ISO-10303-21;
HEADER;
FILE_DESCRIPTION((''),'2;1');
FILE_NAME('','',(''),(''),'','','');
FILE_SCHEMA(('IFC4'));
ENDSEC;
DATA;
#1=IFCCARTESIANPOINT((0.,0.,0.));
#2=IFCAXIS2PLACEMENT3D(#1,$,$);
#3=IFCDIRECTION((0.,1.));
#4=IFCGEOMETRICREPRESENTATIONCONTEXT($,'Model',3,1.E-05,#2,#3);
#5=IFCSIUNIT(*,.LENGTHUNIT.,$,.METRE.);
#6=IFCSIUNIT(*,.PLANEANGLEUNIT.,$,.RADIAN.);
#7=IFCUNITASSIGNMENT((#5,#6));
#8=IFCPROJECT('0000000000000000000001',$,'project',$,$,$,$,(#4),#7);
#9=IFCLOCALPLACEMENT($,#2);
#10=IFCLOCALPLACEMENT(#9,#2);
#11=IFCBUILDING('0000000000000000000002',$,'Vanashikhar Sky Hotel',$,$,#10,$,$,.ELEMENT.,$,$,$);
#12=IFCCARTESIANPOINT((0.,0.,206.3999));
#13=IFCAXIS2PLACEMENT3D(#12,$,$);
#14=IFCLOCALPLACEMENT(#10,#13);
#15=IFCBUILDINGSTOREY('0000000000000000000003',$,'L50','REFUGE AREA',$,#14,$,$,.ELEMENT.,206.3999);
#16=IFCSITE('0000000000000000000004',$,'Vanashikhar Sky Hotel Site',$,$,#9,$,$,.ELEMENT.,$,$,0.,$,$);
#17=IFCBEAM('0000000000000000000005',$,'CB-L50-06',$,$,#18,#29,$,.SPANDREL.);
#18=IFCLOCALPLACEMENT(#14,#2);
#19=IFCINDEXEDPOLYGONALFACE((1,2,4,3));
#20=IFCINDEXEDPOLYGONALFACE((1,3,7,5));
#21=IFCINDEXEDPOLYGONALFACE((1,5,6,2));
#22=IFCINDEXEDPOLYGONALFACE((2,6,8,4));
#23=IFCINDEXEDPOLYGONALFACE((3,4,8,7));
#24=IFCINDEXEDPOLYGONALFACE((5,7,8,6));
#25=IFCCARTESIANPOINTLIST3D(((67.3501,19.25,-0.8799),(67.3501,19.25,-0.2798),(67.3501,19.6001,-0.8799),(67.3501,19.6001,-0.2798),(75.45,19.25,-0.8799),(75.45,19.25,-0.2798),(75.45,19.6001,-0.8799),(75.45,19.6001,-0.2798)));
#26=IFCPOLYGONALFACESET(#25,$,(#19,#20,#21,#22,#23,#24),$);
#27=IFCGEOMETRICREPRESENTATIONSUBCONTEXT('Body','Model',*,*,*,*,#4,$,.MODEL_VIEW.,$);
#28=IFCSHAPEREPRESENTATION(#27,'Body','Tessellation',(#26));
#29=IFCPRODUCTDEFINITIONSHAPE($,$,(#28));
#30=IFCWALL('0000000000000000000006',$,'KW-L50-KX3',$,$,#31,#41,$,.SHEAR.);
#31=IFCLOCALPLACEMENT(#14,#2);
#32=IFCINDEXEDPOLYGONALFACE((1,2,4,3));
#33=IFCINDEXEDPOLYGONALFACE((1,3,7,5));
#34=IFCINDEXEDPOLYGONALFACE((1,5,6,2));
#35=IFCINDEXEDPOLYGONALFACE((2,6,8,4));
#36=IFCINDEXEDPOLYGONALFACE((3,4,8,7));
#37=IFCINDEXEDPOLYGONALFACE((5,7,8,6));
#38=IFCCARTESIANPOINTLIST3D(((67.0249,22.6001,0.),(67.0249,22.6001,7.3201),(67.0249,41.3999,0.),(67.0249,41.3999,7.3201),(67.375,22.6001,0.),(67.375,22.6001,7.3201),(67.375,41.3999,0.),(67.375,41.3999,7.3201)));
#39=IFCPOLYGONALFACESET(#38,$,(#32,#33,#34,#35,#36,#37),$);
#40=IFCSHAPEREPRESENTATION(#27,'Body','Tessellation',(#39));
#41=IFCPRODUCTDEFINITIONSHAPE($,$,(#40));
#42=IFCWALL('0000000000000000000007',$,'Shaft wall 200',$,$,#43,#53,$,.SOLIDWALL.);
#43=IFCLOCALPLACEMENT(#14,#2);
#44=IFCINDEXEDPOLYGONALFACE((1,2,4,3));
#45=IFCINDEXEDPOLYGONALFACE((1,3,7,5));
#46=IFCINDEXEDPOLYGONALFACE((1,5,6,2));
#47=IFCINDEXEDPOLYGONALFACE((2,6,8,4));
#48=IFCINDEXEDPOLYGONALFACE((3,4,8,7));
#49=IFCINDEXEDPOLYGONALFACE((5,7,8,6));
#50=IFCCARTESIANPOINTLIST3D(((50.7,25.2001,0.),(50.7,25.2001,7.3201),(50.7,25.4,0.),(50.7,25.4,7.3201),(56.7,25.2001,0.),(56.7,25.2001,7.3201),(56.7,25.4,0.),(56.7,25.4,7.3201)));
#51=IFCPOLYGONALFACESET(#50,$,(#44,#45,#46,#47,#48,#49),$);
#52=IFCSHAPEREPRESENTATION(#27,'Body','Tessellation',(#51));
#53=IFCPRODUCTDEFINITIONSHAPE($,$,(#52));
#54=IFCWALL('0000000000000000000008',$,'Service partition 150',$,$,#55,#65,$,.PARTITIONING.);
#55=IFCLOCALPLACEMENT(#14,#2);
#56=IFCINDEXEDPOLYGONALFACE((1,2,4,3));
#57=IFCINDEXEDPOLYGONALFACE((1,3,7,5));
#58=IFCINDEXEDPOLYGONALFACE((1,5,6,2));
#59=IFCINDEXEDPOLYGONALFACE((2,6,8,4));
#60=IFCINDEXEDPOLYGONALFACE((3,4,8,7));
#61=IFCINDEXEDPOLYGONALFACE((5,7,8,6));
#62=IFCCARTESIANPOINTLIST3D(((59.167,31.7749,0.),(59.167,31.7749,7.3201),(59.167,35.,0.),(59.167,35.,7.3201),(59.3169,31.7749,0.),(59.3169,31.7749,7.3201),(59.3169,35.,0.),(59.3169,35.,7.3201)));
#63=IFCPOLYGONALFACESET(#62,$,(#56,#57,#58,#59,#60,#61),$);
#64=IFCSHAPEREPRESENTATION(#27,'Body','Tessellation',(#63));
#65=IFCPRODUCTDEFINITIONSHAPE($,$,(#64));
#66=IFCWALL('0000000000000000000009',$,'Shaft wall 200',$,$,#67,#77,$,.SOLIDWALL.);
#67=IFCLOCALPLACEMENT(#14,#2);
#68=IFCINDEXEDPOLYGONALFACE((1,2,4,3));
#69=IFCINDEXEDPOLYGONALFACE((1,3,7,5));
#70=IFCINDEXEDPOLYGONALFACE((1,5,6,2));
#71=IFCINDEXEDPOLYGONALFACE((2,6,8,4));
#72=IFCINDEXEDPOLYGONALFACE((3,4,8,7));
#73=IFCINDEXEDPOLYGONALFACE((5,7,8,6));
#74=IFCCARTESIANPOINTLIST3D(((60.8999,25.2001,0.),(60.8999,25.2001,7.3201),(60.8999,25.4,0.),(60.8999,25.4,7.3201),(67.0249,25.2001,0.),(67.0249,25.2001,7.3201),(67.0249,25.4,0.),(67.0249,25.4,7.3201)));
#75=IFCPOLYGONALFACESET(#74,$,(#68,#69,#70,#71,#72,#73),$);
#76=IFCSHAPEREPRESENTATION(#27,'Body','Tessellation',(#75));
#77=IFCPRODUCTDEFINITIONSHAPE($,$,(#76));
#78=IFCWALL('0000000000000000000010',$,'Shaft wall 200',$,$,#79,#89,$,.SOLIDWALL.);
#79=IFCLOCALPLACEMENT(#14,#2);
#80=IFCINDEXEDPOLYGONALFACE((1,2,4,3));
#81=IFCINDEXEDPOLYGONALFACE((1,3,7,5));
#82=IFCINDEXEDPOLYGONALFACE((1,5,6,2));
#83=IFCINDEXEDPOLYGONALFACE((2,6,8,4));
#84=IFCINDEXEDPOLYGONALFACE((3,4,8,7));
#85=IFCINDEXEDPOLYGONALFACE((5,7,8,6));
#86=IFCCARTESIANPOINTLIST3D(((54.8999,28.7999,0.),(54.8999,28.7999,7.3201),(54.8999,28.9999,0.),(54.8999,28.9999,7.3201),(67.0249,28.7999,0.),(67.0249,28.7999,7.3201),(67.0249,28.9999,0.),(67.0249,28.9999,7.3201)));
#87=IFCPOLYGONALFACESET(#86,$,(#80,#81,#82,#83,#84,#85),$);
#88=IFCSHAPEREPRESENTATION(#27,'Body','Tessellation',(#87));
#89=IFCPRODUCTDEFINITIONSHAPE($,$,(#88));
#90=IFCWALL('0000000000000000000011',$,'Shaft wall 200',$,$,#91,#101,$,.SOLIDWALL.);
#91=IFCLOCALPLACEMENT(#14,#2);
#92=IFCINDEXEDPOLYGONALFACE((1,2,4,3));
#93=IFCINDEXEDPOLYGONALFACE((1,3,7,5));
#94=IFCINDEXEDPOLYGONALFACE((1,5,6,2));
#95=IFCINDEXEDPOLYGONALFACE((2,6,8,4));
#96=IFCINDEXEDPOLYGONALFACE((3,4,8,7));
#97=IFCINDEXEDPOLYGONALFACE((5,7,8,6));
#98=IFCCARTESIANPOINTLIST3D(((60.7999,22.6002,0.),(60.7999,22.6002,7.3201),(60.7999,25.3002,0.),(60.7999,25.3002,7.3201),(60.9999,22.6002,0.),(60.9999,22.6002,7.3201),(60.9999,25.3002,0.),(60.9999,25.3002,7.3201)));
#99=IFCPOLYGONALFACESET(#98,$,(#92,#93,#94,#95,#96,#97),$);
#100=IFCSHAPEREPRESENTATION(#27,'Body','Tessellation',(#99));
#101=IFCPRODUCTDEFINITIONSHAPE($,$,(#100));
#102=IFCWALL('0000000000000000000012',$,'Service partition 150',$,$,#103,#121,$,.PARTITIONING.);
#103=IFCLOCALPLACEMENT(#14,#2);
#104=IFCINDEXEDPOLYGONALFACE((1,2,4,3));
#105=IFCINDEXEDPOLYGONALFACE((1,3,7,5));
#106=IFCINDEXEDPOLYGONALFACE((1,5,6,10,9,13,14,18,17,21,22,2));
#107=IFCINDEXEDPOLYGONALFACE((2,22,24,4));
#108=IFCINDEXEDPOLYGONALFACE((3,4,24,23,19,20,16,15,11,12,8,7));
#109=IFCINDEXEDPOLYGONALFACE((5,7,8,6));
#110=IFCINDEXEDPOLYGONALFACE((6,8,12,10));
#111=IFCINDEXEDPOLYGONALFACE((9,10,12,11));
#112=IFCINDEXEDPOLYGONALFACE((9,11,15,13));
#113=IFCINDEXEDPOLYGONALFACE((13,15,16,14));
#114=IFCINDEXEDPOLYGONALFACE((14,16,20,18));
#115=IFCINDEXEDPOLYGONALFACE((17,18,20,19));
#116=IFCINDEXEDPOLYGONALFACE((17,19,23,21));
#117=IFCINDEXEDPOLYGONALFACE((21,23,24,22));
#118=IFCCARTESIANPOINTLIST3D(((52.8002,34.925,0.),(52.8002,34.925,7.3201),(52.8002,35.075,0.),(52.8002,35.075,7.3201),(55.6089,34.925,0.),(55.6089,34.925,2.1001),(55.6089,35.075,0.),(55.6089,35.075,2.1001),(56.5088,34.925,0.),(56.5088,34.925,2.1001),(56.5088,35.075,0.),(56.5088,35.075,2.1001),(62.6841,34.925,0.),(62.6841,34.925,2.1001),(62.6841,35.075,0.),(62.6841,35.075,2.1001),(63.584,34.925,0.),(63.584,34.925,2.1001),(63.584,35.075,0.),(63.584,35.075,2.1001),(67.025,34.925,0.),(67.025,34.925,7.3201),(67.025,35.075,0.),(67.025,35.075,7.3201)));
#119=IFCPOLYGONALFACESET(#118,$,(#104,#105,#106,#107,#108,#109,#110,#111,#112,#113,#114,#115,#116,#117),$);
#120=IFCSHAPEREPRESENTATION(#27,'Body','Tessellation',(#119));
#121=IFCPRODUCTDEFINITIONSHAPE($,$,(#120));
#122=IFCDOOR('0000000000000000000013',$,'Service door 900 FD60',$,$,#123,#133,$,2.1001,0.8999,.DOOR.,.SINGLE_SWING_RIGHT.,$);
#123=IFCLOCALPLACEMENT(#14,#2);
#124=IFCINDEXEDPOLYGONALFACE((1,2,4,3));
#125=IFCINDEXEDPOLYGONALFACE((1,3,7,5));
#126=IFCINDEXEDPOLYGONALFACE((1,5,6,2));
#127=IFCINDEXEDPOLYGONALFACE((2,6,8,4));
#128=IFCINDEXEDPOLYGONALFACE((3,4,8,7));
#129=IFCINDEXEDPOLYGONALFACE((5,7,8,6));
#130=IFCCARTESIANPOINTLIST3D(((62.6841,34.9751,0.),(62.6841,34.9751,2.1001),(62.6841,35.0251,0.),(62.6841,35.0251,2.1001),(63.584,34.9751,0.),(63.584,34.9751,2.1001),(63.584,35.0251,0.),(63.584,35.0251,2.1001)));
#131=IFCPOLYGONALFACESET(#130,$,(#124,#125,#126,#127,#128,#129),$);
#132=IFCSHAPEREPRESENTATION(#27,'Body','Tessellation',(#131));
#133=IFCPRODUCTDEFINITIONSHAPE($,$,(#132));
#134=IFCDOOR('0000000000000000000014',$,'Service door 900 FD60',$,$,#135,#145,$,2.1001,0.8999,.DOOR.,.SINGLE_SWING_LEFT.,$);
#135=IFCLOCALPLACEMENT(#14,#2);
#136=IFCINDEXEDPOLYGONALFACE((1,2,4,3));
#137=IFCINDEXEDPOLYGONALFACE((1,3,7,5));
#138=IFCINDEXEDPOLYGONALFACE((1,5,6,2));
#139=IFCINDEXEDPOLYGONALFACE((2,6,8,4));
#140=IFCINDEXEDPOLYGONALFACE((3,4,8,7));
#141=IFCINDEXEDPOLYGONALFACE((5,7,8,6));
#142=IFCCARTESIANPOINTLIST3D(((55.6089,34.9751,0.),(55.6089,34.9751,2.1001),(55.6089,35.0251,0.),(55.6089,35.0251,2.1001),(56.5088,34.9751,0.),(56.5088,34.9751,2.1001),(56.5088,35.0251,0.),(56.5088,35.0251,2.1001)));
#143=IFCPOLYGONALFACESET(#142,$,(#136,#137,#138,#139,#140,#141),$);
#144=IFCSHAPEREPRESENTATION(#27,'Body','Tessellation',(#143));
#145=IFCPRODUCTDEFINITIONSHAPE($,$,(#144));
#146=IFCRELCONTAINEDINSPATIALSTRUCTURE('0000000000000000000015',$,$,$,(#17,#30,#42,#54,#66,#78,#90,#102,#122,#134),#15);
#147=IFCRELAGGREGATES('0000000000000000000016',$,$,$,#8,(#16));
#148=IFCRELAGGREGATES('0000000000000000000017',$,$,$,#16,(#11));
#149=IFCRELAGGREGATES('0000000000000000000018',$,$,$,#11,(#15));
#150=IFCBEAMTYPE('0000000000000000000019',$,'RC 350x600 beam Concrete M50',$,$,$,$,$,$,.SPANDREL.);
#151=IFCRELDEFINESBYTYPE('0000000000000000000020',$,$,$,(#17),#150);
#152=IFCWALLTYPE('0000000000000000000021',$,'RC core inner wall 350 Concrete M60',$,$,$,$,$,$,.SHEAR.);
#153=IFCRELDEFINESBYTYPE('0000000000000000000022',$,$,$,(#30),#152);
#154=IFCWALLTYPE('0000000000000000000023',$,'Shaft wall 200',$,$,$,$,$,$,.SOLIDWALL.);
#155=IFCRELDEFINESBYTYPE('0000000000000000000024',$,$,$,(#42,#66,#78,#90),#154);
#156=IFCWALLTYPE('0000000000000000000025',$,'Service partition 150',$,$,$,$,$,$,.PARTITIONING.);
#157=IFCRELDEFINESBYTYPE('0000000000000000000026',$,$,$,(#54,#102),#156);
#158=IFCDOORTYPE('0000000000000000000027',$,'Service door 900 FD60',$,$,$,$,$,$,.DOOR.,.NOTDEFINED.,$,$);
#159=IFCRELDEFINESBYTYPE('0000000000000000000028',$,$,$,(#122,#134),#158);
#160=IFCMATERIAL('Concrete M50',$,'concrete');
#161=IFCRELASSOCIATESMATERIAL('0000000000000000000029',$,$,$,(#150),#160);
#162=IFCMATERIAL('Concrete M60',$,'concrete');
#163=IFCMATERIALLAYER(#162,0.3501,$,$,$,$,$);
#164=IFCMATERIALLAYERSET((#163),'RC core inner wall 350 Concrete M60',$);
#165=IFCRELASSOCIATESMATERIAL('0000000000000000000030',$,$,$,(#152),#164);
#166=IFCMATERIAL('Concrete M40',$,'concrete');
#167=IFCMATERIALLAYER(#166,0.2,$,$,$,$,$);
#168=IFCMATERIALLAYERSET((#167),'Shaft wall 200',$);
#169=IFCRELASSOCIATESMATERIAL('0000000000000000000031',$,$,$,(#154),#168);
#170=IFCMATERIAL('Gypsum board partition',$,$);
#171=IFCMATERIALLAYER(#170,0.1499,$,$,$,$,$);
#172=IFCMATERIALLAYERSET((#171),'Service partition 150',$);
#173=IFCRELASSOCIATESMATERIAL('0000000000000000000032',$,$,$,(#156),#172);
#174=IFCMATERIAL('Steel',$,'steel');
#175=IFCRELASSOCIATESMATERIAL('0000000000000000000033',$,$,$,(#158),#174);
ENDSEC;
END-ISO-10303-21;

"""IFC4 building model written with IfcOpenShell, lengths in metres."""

from ifc_helpers import new_model, si_unit, direction, frame, frame_2d, origin, origin_2d, place, context, subcontext, project, spatial, rectangle, extrude, source, transform, mapped, material, layer, layer_set, material_profile, profile_set, type_object, element, fill, save


model = new_model("IFC4")

# Units and contexts
model_context = context("Model", 3, precision=1e-05, world=origin(), true_north=direction((0.0, 1.0)))
body_context = subcontext(model_context, "Body", "Model", "MODEL_VIEW")
ifc_project = project(units=[si_unit("LENGTHUNIT", "METRE"), si_unit("PLANEANGLEUNIT", "RADIAN")], contexts=[model_context])

# Site, building, storey
site_placement = place(None, origin())
site = spatial("IfcSite", under=ifc_project, at=site_placement, Name="Vanashikhar Sky Hotel Site", CompositionType="ELEMENT", RefElevation=0.0)
building_placement = place(site_placement, origin())
building = spatial("IfcBuilding", under=site, at=building_placement, Name="Vanashikhar Sky Hotel", CompositionType="ELEMENT")
storey_placement = place(building_placement, frame((0.0, 0.0, 206.3999)))
storey = spatial("IfcBuildingStorey", under=building, at=storey_placement, Name="L50", Description="REFUGE AREA", CompositionType="ELEMENT", Elevation=206.3999)

# Beam
ifc_material_1 = material(Name="Concrete M50", Category="concrete")
ifc_material_profile = material_profile(ifc_material_1, rectangle(XDim=0.3501, YDim=0.6001, at=origin_2d()))
ifc_profile_set = profile_set([ifc_material_profile], Name="RC 350x600 beam Concrete M50")
beam_type = type_object("IfcBeamType", Name="RC 350x600 beam Concrete M50", PredefinedType="SPANDREL", material=ifc_profile_set)
shared_shape_1 = source(origin(), body_context, "Body", "SweptSolid", [
    extrude(rectangle(XDim=0.3501, YDim=0.6001, at=origin_2d()), origin(), (0.0, 0.0, 1.0), 8.0999),
])
beam_placement = place(storey_placement, frame((67.3501, 19.425, -0.5798), z_axis=(1.0, 0.0, 0.0), x_axis=(0.0, 1.0, 0.0)))
element("IfcBeam", 1, at=beam_placement, inside=storey, type_object=beam_type, Name="CB-L50-06", PredefinedType="SPANDREL", context=body_context, shape_type="MappedRepresentation", body=[
    mapped(shared_shape_1, transform((0.0, 0.0, 0.0), scale=1.0)),
])

# Walls
ifc_material_2 = material(Name="Concrete M60", Category="concrete")
ifc_layer_1 = layer(ifc_material_2, 0.3501)
ifc_layer_set_1 = layer_set([ifc_layer_1], Name="RC core inner wall 350 Concrete M60")
wall_type_1 = type_object("IfcWallType", Name="RC core inner wall 350 Concrete M60", PredefinedType="SHEAR", material=ifc_layer_set_1)
shared_shape_2 = source(origin(), body_context, "Body", "SweptSolid", [
    extrude(rectangle(XDim=18.7998, YDim=0.3501, at=frame_2d((9.3999, 0.0))), origin(), (0.0, 0.0, 1.0), 7.3201),
])
wall_1_placement = place(storey_placement, frame((67.2, 22.6001, 0.0), z_axis=(0.0, 0.0, 1.0), x_axis=(0.0, 1.0, 0.0)))
element("IfcWall", 2, at=wall_1_placement, inside=storey, type_object=wall_type_1, Name="KW-L50-KX3", PredefinedType="SHEAR", context=body_context, shape_type="MappedRepresentation", body=[
    mapped(shared_shape_2, transform((0.0, 0.0, 0.0), scale=1.0)),
])
ifc_material_3 = material(Name="Concrete M40", Category="concrete")
ifc_layer_2 = layer(ifc_material_3, 0.2)
ifc_layer_set_2 = layer_set([ifc_layer_2], Name="Shaft wall 200")
wall_type_2 = type_object("IfcWallType", Name="Shaft wall 200", PredefinedType="SOLIDWALL", material=ifc_layer_set_2)
shared_shape_3 = source(origin(), body_context, "Body", "SweptSolid", [
    extrude(rectangle(XDim=6.0, YDim=0.2, at=frame_2d((3.0, 0.0))), origin(), (0.0, 0.0, 1.0), 7.3201),
])
wall_2_placement = place(storey_placement, frame((56.7, 25.3, 0.0), z_axis=(0.0, 0.0, 1.0), x_axis=(-1.0, 0.0, 0.0)))
element("IfcWall", 3, at=wall_2_placement, inside=storey, type_object=wall_type_2, Name="Shaft wall 200", PredefinedType="SOLIDWALL", context=body_context, shape_type="MappedRepresentation", body=[
    mapped(shared_shape_3, transform((0.0, 0.0, 0.0), scale=1.0)),
])
ifc_material_4 = material(Name="Gypsum board partition")
ifc_layer_3 = layer(ifc_material_4, 0.1499)
ifc_layer_set_3 = layer_set([ifc_layer_3], Name="Service partition 150")
wall_type_3 = type_object("IfcWallType", Name="Service partition 150", PredefinedType="PARTITIONING", material=ifc_layer_set_3)
shared_shape_4 = source(origin(), body_context, "Body", "SweptSolid", [
    extrude(rectangle(XDim=3.2251, YDim=0.1499, at=frame_2d((1.6125, 0.0))), origin(), (0.0, 0.0, 1.0), 7.3201),
])
wall_3_placement = place(storey_placement, frame((59.2419, 31.7749, 0.0), z_axis=(0.0, 0.0, 1.0), x_axis=(0.0, 1.0, 0.0)))
element("IfcWall", 4, at=wall_3_placement, inside=storey, type_object=wall_type_3, Name="Service partition 150", PredefinedType="PARTITIONING", context=body_context, shape_type="MappedRepresentation", body=[
    mapped(shared_shape_4, transform((0.0, 0.0, 0.0), scale=1.0)),
])
shared_shape_5 = source(origin(), body_context, "Body", "SweptSolid", [
    extrude(rectangle(XDim=6.125, YDim=0.2, at=frame_2d((3.0625, 0.0))), origin(), (0.0, 0.0, 1.0), 7.3201),
])
wall_4_placement = place(storey_placement, frame((67.0249, 25.3, 0.0), z_axis=(0.0, 0.0, 1.0), x_axis=(-1.0, 0.0, 0.0)))
element("IfcWall", 5, at=wall_4_placement, inside=storey, type_object=wall_type_2, Name="Shaft wall 200", PredefinedType="SOLIDWALL", context=body_context, shape_type="MappedRepresentation", body=[
    mapped(shared_shape_5, transform((0.0, 0.0, 0.0), scale=1.0)),
])
shared_shape_6 = source(origin(), body_context, "Body", "SweptSolid", [
    extrude(rectangle(XDim=12.125, YDim=0.2, at=frame_2d((6.0625, 0.0))), origin(), (0.0, 0.0, 1.0), 7.3201),
])
wall_5_placement = place(storey_placement, frame((67.0249, 28.8999, 0.0), z_axis=(0.0, 0.0, 1.0), x_axis=(-1.0, 0.0, 0.0)))
element("IfcWall", 6, at=wall_5_placement, inside=storey, type_object=wall_type_2, Name="Shaft wall 200", PredefinedType="SOLIDWALL", context=body_context, shape_type="MappedRepresentation", body=[
    mapped(shared_shape_6, transform((0.0, 0.0, 0.0), scale=1.0)),
])
shared_shape_7 = source(origin(), body_context, "Body", "SweptSolid", [
    extrude(rectangle(XDim=2.7, YDim=0.2, at=frame_2d((1.3501, 0.0))), origin(), (0.0, 0.0, 1.0), 7.3201),
])
wall_6_placement = place(storey_placement, frame((60.8999, 22.6001, 0.0), z_axis=(0.0, 0.0, 1.0), x_axis=(0.0, 1.0, 0.0)))
element("IfcWall", 7, at=wall_6_placement, inside=storey, type_object=wall_type_2, Name="Shaft wall 200", PredefinedType="SOLIDWALL", context=body_context, shape_type="MappedRepresentation", body=[
    mapped(shared_shape_7, transform((0.0, 0.0, 0.0), scale=1.0)),
])

# Wall, openings, doors
shared_shape_8 = source(origin(), body_context, "Body", "SweptSolid", [
    extrude(rectangle(XDim=14.2249, YDim=0.1499, at=frame_2d((7.1123, 0.0))), origin(), (0.0, 0.0, 1.0), 7.3201),
])
wall_7_placement = place(storey_placement, frame((67.0249, 35.0, 0.0), z_axis=(0.0, 0.0, 1.0), x_axis=(-1.0, 0.0, 0.0)))
wall_7 = element("IfcWall", 8, at=wall_7_placement, inside=storey, type_object=wall_type_3, Name="Service partition 150", PredefinedType="PARTITIONING", context=body_context, shape_type="MappedRepresentation", body=[
    mapped(shared_shape_8, transform((0.0, 0.0, 0.0), scale=1.0)),
])
shared_shape_9 = source(origin(), body_context, "Body", "SweptSolid", [
    extrude(rectangle(XDim=0.8999, YDim=2.1001, at=frame_2d((0.45, 1.05))), frame((0.0, 0.085, 0.0), z_axis=(0.0, -1.0, 0.0), x_axis=(1.0, 0.0, 0.0)), (0.0, 0.0, 1.0), 0.1699),
])
opening_1_placement = place(wall_7_placement, frame((3.4409, 0.0, 0.0)))
opening_1 = element("IfcOpeningElement", 9, at=opening_1_placement, cuts=wall_7, PredefinedType="OPENING", context=body_context, shape_type="MappedRepresentation", body=[
    mapped(shared_shape_9, transform((0.0, 0.0, 0.0), scale=1.0)),
])
opening_2_placement = place(wall_7_placement, frame((10.5161, 0.0, 0.0)))
opening_2 = element("IfcOpeningElement", 10, at=opening_2_placement, cuts=wall_7, PredefinedType="OPENING", context=body_context, shape_type="MappedRepresentation", body=[
    mapped(shared_shape_9, transform((0.0, 0.0, 0.0), scale=1.0)),
])
ifc_material_5 = material(Name="Steel", Category="steel")
door_type_1 = type_object("IfcDoorType", Name="Service door 900 FD60", OperationType="NOTDEFINED", PredefinedType="DOOR", material=ifc_material_5)
shared_shape_10 = source(origin(), body_context, "Body", "SweptSolid", [
    extrude(rectangle(XDim=0.8999, YDim=2.1001, at=frame_2d((0.45, 1.05))), frame((0.0, 0.0249, 0.0), z_axis=(0.0, -1.0, 0.0), x_axis=(1.0, 0.0, 0.0)), (0.0, 0.0, 1.0), 0.05),
])
door_1_placement = place(opening_1_placement, origin())
door_1 = element("IfcDoor", 11, at=door_1_placement, inside=storey, type_object=door_type_1, Name="Service door 900 FD60", OperationType="SINGLE_SWING_RIGHT", OverallHeight=2.1001, OverallWidth=0.8999, PredefinedType="DOOR", context=body_context, shape_type="MappedRepresentation", body=[
    mapped(shared_shape_10, transform((0.0, 0.0, 0.0), scale=1.0)),
])
fill(opening_1, door_1)
door_2_placement = place(opening_2_placement, origin())
door_2 = element("IfcDoor", 12, at=door_2_placement, inside=storey, type_object=door_type_1, Name="Service door 900 FD60", OperationType="SINGLE_SWING_LEFT", OverallHeight=2.1001, OverallWidth=0.8999, PredefinedType="DOOR", context=body_context, shape_type="MappedRepresentation", body=[
    mapped(shared_shape_10, transform((0.0, 0.0, 0.0), scale=1.0)),
])
fill(opening_2, door_2)

save(model, "model.ifc")
